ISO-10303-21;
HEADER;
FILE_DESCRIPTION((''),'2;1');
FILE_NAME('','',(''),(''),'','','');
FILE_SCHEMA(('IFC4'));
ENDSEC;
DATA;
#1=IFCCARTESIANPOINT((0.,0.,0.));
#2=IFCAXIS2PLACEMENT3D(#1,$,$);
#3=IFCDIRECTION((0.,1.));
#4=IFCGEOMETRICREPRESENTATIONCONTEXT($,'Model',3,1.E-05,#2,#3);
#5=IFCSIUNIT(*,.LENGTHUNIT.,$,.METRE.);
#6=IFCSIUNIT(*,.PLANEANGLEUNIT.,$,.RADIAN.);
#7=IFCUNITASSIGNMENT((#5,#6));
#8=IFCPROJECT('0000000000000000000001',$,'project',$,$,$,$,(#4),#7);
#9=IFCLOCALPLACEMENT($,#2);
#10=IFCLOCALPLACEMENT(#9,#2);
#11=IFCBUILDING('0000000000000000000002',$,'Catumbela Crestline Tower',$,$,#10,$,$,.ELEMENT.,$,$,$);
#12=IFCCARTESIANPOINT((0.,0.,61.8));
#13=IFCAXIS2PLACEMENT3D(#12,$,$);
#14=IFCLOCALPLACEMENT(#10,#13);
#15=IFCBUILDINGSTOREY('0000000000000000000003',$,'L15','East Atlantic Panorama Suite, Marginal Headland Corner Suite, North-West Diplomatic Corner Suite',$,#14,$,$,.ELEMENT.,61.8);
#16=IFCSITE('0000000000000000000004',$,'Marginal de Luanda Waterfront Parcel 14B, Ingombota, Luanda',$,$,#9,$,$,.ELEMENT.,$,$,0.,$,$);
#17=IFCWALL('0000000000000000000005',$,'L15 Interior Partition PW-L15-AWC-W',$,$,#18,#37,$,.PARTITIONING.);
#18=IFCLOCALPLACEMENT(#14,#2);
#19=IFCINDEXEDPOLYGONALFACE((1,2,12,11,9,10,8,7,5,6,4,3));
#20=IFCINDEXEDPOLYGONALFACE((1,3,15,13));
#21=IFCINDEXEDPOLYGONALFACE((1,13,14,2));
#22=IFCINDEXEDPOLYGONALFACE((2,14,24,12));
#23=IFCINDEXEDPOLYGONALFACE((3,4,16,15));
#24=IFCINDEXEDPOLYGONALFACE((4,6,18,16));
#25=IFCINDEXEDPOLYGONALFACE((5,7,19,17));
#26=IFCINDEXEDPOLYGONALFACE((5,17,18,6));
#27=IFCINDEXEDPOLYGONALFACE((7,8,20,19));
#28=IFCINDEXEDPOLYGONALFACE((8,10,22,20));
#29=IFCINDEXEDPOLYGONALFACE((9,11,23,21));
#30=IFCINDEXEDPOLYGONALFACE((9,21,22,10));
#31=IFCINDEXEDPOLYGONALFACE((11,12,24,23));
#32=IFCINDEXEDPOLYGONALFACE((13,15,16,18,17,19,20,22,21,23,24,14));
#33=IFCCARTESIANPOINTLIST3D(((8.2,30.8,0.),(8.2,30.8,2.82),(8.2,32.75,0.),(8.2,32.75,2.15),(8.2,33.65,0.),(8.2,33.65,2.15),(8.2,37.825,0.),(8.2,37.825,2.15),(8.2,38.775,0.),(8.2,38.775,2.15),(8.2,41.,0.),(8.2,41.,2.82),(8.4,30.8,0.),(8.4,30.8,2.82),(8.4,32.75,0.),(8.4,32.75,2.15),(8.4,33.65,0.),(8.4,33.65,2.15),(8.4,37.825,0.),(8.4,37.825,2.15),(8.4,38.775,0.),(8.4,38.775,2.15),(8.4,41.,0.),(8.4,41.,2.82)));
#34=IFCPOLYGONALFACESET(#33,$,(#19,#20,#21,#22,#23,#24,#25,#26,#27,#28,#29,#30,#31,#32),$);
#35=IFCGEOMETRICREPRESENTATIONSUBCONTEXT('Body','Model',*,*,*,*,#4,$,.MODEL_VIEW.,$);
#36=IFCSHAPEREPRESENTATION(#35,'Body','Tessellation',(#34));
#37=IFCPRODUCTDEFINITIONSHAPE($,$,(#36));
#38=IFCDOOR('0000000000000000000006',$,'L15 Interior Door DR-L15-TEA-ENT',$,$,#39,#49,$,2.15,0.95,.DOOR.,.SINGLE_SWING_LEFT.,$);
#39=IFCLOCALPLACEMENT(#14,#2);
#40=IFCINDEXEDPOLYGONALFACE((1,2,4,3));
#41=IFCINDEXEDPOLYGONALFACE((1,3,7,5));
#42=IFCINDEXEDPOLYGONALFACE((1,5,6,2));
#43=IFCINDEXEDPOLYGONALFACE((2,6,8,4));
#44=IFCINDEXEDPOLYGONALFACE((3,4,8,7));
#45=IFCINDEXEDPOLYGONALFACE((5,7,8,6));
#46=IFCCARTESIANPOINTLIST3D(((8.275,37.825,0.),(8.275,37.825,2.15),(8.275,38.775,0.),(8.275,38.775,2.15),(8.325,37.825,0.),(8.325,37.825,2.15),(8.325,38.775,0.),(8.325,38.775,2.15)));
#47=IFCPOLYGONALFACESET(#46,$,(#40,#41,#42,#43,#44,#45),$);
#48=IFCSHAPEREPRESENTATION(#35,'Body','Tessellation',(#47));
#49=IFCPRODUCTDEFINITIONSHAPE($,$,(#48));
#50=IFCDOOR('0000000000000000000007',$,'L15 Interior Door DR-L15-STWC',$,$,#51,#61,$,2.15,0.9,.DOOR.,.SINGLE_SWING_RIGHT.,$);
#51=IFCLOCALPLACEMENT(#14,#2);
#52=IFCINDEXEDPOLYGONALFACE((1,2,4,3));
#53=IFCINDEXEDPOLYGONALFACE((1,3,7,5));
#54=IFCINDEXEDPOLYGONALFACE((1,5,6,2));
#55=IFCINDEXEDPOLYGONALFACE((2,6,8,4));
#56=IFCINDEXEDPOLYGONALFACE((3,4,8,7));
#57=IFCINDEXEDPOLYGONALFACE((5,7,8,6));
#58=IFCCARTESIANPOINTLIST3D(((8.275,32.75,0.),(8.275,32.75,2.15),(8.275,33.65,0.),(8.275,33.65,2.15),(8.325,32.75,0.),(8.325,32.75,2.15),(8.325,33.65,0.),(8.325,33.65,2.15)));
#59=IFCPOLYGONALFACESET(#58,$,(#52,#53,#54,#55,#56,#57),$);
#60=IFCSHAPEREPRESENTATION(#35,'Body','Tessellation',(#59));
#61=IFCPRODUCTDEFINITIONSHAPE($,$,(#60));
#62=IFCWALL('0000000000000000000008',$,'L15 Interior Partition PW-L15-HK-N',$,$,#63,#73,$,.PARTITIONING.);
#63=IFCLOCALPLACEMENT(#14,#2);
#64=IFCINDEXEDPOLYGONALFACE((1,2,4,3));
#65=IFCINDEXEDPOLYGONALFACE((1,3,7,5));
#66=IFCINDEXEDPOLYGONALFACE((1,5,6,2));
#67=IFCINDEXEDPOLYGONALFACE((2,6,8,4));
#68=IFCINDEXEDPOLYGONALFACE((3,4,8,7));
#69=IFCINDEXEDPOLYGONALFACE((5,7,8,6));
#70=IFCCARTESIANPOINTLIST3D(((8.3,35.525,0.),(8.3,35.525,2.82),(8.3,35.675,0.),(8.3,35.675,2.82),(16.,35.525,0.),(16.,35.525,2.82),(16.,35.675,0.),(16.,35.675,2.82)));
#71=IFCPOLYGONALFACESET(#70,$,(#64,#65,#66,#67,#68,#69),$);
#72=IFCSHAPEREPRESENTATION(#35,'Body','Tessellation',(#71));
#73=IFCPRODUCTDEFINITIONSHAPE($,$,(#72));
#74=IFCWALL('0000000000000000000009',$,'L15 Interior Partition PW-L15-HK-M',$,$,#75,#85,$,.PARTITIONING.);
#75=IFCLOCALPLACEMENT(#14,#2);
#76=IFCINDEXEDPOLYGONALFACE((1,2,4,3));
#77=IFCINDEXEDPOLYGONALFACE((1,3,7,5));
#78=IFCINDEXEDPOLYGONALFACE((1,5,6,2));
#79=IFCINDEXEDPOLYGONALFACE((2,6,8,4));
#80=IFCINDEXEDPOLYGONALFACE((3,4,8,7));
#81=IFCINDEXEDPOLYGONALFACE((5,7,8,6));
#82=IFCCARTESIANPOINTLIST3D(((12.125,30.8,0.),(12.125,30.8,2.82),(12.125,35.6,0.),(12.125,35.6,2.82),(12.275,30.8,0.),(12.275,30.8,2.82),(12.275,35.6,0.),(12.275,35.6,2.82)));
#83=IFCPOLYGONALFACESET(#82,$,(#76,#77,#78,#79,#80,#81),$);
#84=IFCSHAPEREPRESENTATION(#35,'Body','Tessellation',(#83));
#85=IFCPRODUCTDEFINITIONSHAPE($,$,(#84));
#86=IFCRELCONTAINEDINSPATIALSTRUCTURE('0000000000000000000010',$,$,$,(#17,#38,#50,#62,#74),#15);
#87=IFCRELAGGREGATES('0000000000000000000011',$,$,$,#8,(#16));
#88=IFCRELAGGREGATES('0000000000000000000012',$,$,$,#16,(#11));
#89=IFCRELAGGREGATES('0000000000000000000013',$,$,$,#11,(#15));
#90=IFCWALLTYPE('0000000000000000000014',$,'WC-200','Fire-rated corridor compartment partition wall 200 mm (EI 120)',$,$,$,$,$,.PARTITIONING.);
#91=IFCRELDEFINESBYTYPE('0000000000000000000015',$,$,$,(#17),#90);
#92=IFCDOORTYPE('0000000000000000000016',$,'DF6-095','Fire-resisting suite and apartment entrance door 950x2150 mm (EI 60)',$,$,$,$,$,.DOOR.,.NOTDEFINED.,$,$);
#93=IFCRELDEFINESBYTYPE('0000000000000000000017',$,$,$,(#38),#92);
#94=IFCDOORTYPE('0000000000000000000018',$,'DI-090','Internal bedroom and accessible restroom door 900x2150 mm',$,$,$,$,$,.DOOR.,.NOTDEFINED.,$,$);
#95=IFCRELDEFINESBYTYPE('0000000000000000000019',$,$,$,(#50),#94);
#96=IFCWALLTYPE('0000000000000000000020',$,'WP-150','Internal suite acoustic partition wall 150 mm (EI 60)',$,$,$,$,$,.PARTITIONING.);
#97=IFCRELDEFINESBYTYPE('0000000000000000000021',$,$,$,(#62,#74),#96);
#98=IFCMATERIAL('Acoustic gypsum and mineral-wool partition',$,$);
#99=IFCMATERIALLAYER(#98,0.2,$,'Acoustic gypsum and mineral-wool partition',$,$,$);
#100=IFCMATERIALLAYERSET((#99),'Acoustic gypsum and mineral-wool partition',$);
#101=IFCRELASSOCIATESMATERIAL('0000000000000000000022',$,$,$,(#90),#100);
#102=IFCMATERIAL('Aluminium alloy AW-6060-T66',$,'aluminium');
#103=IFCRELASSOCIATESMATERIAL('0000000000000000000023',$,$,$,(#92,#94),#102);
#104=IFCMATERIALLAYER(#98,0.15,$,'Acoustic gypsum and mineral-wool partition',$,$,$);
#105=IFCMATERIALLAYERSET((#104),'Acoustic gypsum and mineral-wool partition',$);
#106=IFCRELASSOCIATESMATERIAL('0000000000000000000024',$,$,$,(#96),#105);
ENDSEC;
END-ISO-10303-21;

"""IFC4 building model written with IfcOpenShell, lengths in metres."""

from ifc_helpers import new_model, si_unit, direction, frame, frame_2d, origin, place, context, subcontext, project, spatial, rectangle, extrude, material, layer, layer_set, type_object, element, fill, save


model = new_model("IFC4")

# Units and contexts
model_context = context("Model", 3, precision=1e-05, world=origin(), true_north=direction((0.0, 1.0)))
body_context = subcontext(model_context, "Body", "Model", "MODEL_VIEW")
ifc_project = project(units=[si_unit("LENGTHUNIT", "METRE"), si_unit("PLANEANGLEUNIT", "RADIAN")], contexts=[model_context])

# Site, building, storey
site_placement = place(None, origin())
site = spatial("IfcSite", under=ifc_project, at=site_placement, Name="Marginal de Luanda Waterfront Parcel 14B, Ingombota, Luanda", CompositionType="ELEMENT", RefElevation=0.0)
building_placement = place(site_placement, origin())
building = spatial("IfcBuilding", under=site, at=building_placement, Name="Catumbela Crestline Tower", CompositionType="ELEMENT")
storey_placement = place(building_placement, frame((0.0, 0.0, 61.8)))
storey = spatial("IfcBuildingStorey", under=building, at=storey_placement, Name="L15", Description="East Atlantic Panorama Suite, Marginal Headland Corner Suite, North-West Diplomatic Corner Suite", CompositionType="ELEMENT", Elevation=61.8)

# Shared definitions
ifc_material_1 = material(Name="Acoustic gypsum and mineral-wool partition")
ifc_layer_1 = layer(ifc_material_1, 0.2, Name="Acoustic gypsum and mineral-wool partition")
ifc_layer_set_1 = layer_set([ifc_layer_1], Name="Acoustic gypsum and mineral-wool partition")
wall_type_1 = type_object("IfcWallType", Name="WC-200", Description="Fire-rated corridor compartment partition wall 200 mm (EI 120)", PredefinedType="PARTITIONING", material=ifc_layer_set_1)
ifc_material_2 = material(Name="Aluminium alloy AW-6060-T66", Category="aluminium")
door_type_1 = type_object("IfcDoorType", Name="DF6-095", Description="Fire-resisting suite and apartment entrance door 950x2150 mm (EI 60)", OperationType="NOTDEFINED", PredefinedType="DOOR", material=ifc_material_2)

# Wall, openings, doors
wall_1_placement = place(storey_placement, frame((8.3, 30.8, 0.0), z_axis=(0.0, 0.0, 1.0), x_axis=(0.0, 1.0, 0.0)))
wall_1 = element("IfcWall", 1, at=wall_1_placement, inside=storey, type_object=wall_type_1, Name="L15 Interior Partition PW-L15-AWC-W", PredefinedType="PARTITIONING", context=body_context, shape_type="SweptSolid", body=[
    extrude(rectangle(XDim=10.2, YDim=0.2, at=frame_2d((5.1, 0.0))), origin(), (0.0, 0.0, 1.0), 2.82),
])
opening_1_placement = place(wall_1_placement, frame((1.95, 0.0, 0.0)))
opening_1 = element("IfcOpeningElement", 2, at=opening_1_placement, cuts=wall_1, PredefinedType="OPENING", context=body_context, shape_type="SweptSolid", body=[
    extrude(rectangle(XDim=0.9, YDim=2.15, at=frame_2d((0.45, 1.075))), frame((0.0, 0.11, 0.0), z_axis=(0.0, -1.0, 0.0), x_axis=(1.0, 0.0, 0.0)), (0.0, 0.0, 1.0), 0.22),
])
opening_2_placement = place(wall_1_placement, frame((7.025, 0.0, 0.0)))
opening_2 = element("IfcOpeningElement", 3, at=opening_2_placement, cuts=wall_1, PredefinedType="OPENING", context=body_context, shape_type="SweptSolid", body=[
    extrude(rectangle(XDim=0.95, YDim=2.15, at=frame_2d((0.475, 1.075))), frame((0.0, 0.11, 0.0), z_axis=(0.0, -1.0, 0.0), x_axis=(1.0, 0.0, 0.0)), (0.0, 0.0, 1.0), 0.22),
])
door_1_placement = place(opening_2_placement, origin())
door_1 = element("IfcDoor", 4, at=door_1_placement, inside=storey, type_object=door_type_1, Name="L15 Interior Door DR-L15-TEA-ENT", OperationType="SINGLE_SWING_LEFT", OverallHeight=2.15, OverallWidth=0.95, PredefinedType="DOOR", context=body_context, shape_type="SweptSolid", body=[
    extrude(rectangle(XDim=0.95, YDim=2.15, at=frame_2d((0.475, 1.075))), frame((0.0, 0.025, 0.0), z_axis=(0.0, -1.0, 0.0), x_axis=(1.0, 0.0, 0.0)), (0.0, 0.0, 1.0), 0.05),
])
fill(opening_2, door_1)
door_type_2 = type_object("IfcDoorType", Name="DI-090", Description="Internal bedroom and accessible restroom door 900x2150 mm", OperationType="NOTDEFINED", PredefinedType="DOOR", material=ifc_material_2)
door_2_placement = place(opening_1_placement, origin())
door_2 = element("IfcDoor", 5, at=door_2_placement, inside=storey, type_object=door_type_2, Name="L15 Interior Door DR-L15-STWC", OperationType="SINGLE_SWING_RIGHT", OverallHeight=2.15, OverallWidth=0.9, PredefinedType="DOOR", context=body_context, shape_type="SweptSolid", body=[
    extrude(rectangle(XDim=0.9, YDim=2.15, at=frame_2d((0.45, 1.075))), frame((0.0, 0.025, 0.0), z_axis=(0.0, -1.0, 0.0), x_axis=(1.0, 0.0, 0.0)), (0.0, 0.0, 1.0), 0.05),
])
fill(opening_1, door_2)

# Walls
ifc_layer_2 = layer(ifc_material_1, 0.15, Name="Acoustic gypsum and mineral-wool partition")
ifc_layer_set_2 = layer_set([ifc_layer_2], Name="Acoustic gypsum and mineral-wool partition")
wall_type_2 = type_object("IfcWallType", Name="WP-150", Description="Internal suite acoustic partition wall 150 mm (EI 60)", PredefinedType="PARTITIONING", material=ifc_layer_set_2)
wall_2_placement = place(storey_placement, frame((8.3, 35.6, 0.0), z_axis=(0.0, 0.0, 1.0), x_axis=(1.0, 0.0, 0.0)))
element("IfcWall", 6, at=wall_2_placement, inside=storey, type_object=wall_type_2, Name="L15 Interior Partition PW-L15-HK-N", PredefinedType="PARTITIONING", context=body_context, shape_type="SweptSolid", body=[
    extrude(rectangle(XDim=7.7, YDim=0.15, at=frame_2d((3.85, 0.0))), origin(), (0.0, 0.0, 1.0), 2.82),
])
wall_3_placement = place(storey_placement, frame((12.2, 30.8, 0.0), z_axis=(0.0, 0.0, 1.0), x_axis=(0.0, 1.0, 0.0)))
element("IfcWall", 7, at=wall_3_placement, inside=storey, type_object=wall_type_2, Name="L15 Interior Partition PW-L15-HK-M", PredefinedType="PARTITIONING", context=body_context, shape_type="SweptSolid", body=[
    extrude(rectangle(XDim=4.8, YDim=0.15, at=frame_2d((2.4, 0.0))), origin(), (0.0, 0.0, 1.0), 2.82),
])

save(model, "model.ifc")
